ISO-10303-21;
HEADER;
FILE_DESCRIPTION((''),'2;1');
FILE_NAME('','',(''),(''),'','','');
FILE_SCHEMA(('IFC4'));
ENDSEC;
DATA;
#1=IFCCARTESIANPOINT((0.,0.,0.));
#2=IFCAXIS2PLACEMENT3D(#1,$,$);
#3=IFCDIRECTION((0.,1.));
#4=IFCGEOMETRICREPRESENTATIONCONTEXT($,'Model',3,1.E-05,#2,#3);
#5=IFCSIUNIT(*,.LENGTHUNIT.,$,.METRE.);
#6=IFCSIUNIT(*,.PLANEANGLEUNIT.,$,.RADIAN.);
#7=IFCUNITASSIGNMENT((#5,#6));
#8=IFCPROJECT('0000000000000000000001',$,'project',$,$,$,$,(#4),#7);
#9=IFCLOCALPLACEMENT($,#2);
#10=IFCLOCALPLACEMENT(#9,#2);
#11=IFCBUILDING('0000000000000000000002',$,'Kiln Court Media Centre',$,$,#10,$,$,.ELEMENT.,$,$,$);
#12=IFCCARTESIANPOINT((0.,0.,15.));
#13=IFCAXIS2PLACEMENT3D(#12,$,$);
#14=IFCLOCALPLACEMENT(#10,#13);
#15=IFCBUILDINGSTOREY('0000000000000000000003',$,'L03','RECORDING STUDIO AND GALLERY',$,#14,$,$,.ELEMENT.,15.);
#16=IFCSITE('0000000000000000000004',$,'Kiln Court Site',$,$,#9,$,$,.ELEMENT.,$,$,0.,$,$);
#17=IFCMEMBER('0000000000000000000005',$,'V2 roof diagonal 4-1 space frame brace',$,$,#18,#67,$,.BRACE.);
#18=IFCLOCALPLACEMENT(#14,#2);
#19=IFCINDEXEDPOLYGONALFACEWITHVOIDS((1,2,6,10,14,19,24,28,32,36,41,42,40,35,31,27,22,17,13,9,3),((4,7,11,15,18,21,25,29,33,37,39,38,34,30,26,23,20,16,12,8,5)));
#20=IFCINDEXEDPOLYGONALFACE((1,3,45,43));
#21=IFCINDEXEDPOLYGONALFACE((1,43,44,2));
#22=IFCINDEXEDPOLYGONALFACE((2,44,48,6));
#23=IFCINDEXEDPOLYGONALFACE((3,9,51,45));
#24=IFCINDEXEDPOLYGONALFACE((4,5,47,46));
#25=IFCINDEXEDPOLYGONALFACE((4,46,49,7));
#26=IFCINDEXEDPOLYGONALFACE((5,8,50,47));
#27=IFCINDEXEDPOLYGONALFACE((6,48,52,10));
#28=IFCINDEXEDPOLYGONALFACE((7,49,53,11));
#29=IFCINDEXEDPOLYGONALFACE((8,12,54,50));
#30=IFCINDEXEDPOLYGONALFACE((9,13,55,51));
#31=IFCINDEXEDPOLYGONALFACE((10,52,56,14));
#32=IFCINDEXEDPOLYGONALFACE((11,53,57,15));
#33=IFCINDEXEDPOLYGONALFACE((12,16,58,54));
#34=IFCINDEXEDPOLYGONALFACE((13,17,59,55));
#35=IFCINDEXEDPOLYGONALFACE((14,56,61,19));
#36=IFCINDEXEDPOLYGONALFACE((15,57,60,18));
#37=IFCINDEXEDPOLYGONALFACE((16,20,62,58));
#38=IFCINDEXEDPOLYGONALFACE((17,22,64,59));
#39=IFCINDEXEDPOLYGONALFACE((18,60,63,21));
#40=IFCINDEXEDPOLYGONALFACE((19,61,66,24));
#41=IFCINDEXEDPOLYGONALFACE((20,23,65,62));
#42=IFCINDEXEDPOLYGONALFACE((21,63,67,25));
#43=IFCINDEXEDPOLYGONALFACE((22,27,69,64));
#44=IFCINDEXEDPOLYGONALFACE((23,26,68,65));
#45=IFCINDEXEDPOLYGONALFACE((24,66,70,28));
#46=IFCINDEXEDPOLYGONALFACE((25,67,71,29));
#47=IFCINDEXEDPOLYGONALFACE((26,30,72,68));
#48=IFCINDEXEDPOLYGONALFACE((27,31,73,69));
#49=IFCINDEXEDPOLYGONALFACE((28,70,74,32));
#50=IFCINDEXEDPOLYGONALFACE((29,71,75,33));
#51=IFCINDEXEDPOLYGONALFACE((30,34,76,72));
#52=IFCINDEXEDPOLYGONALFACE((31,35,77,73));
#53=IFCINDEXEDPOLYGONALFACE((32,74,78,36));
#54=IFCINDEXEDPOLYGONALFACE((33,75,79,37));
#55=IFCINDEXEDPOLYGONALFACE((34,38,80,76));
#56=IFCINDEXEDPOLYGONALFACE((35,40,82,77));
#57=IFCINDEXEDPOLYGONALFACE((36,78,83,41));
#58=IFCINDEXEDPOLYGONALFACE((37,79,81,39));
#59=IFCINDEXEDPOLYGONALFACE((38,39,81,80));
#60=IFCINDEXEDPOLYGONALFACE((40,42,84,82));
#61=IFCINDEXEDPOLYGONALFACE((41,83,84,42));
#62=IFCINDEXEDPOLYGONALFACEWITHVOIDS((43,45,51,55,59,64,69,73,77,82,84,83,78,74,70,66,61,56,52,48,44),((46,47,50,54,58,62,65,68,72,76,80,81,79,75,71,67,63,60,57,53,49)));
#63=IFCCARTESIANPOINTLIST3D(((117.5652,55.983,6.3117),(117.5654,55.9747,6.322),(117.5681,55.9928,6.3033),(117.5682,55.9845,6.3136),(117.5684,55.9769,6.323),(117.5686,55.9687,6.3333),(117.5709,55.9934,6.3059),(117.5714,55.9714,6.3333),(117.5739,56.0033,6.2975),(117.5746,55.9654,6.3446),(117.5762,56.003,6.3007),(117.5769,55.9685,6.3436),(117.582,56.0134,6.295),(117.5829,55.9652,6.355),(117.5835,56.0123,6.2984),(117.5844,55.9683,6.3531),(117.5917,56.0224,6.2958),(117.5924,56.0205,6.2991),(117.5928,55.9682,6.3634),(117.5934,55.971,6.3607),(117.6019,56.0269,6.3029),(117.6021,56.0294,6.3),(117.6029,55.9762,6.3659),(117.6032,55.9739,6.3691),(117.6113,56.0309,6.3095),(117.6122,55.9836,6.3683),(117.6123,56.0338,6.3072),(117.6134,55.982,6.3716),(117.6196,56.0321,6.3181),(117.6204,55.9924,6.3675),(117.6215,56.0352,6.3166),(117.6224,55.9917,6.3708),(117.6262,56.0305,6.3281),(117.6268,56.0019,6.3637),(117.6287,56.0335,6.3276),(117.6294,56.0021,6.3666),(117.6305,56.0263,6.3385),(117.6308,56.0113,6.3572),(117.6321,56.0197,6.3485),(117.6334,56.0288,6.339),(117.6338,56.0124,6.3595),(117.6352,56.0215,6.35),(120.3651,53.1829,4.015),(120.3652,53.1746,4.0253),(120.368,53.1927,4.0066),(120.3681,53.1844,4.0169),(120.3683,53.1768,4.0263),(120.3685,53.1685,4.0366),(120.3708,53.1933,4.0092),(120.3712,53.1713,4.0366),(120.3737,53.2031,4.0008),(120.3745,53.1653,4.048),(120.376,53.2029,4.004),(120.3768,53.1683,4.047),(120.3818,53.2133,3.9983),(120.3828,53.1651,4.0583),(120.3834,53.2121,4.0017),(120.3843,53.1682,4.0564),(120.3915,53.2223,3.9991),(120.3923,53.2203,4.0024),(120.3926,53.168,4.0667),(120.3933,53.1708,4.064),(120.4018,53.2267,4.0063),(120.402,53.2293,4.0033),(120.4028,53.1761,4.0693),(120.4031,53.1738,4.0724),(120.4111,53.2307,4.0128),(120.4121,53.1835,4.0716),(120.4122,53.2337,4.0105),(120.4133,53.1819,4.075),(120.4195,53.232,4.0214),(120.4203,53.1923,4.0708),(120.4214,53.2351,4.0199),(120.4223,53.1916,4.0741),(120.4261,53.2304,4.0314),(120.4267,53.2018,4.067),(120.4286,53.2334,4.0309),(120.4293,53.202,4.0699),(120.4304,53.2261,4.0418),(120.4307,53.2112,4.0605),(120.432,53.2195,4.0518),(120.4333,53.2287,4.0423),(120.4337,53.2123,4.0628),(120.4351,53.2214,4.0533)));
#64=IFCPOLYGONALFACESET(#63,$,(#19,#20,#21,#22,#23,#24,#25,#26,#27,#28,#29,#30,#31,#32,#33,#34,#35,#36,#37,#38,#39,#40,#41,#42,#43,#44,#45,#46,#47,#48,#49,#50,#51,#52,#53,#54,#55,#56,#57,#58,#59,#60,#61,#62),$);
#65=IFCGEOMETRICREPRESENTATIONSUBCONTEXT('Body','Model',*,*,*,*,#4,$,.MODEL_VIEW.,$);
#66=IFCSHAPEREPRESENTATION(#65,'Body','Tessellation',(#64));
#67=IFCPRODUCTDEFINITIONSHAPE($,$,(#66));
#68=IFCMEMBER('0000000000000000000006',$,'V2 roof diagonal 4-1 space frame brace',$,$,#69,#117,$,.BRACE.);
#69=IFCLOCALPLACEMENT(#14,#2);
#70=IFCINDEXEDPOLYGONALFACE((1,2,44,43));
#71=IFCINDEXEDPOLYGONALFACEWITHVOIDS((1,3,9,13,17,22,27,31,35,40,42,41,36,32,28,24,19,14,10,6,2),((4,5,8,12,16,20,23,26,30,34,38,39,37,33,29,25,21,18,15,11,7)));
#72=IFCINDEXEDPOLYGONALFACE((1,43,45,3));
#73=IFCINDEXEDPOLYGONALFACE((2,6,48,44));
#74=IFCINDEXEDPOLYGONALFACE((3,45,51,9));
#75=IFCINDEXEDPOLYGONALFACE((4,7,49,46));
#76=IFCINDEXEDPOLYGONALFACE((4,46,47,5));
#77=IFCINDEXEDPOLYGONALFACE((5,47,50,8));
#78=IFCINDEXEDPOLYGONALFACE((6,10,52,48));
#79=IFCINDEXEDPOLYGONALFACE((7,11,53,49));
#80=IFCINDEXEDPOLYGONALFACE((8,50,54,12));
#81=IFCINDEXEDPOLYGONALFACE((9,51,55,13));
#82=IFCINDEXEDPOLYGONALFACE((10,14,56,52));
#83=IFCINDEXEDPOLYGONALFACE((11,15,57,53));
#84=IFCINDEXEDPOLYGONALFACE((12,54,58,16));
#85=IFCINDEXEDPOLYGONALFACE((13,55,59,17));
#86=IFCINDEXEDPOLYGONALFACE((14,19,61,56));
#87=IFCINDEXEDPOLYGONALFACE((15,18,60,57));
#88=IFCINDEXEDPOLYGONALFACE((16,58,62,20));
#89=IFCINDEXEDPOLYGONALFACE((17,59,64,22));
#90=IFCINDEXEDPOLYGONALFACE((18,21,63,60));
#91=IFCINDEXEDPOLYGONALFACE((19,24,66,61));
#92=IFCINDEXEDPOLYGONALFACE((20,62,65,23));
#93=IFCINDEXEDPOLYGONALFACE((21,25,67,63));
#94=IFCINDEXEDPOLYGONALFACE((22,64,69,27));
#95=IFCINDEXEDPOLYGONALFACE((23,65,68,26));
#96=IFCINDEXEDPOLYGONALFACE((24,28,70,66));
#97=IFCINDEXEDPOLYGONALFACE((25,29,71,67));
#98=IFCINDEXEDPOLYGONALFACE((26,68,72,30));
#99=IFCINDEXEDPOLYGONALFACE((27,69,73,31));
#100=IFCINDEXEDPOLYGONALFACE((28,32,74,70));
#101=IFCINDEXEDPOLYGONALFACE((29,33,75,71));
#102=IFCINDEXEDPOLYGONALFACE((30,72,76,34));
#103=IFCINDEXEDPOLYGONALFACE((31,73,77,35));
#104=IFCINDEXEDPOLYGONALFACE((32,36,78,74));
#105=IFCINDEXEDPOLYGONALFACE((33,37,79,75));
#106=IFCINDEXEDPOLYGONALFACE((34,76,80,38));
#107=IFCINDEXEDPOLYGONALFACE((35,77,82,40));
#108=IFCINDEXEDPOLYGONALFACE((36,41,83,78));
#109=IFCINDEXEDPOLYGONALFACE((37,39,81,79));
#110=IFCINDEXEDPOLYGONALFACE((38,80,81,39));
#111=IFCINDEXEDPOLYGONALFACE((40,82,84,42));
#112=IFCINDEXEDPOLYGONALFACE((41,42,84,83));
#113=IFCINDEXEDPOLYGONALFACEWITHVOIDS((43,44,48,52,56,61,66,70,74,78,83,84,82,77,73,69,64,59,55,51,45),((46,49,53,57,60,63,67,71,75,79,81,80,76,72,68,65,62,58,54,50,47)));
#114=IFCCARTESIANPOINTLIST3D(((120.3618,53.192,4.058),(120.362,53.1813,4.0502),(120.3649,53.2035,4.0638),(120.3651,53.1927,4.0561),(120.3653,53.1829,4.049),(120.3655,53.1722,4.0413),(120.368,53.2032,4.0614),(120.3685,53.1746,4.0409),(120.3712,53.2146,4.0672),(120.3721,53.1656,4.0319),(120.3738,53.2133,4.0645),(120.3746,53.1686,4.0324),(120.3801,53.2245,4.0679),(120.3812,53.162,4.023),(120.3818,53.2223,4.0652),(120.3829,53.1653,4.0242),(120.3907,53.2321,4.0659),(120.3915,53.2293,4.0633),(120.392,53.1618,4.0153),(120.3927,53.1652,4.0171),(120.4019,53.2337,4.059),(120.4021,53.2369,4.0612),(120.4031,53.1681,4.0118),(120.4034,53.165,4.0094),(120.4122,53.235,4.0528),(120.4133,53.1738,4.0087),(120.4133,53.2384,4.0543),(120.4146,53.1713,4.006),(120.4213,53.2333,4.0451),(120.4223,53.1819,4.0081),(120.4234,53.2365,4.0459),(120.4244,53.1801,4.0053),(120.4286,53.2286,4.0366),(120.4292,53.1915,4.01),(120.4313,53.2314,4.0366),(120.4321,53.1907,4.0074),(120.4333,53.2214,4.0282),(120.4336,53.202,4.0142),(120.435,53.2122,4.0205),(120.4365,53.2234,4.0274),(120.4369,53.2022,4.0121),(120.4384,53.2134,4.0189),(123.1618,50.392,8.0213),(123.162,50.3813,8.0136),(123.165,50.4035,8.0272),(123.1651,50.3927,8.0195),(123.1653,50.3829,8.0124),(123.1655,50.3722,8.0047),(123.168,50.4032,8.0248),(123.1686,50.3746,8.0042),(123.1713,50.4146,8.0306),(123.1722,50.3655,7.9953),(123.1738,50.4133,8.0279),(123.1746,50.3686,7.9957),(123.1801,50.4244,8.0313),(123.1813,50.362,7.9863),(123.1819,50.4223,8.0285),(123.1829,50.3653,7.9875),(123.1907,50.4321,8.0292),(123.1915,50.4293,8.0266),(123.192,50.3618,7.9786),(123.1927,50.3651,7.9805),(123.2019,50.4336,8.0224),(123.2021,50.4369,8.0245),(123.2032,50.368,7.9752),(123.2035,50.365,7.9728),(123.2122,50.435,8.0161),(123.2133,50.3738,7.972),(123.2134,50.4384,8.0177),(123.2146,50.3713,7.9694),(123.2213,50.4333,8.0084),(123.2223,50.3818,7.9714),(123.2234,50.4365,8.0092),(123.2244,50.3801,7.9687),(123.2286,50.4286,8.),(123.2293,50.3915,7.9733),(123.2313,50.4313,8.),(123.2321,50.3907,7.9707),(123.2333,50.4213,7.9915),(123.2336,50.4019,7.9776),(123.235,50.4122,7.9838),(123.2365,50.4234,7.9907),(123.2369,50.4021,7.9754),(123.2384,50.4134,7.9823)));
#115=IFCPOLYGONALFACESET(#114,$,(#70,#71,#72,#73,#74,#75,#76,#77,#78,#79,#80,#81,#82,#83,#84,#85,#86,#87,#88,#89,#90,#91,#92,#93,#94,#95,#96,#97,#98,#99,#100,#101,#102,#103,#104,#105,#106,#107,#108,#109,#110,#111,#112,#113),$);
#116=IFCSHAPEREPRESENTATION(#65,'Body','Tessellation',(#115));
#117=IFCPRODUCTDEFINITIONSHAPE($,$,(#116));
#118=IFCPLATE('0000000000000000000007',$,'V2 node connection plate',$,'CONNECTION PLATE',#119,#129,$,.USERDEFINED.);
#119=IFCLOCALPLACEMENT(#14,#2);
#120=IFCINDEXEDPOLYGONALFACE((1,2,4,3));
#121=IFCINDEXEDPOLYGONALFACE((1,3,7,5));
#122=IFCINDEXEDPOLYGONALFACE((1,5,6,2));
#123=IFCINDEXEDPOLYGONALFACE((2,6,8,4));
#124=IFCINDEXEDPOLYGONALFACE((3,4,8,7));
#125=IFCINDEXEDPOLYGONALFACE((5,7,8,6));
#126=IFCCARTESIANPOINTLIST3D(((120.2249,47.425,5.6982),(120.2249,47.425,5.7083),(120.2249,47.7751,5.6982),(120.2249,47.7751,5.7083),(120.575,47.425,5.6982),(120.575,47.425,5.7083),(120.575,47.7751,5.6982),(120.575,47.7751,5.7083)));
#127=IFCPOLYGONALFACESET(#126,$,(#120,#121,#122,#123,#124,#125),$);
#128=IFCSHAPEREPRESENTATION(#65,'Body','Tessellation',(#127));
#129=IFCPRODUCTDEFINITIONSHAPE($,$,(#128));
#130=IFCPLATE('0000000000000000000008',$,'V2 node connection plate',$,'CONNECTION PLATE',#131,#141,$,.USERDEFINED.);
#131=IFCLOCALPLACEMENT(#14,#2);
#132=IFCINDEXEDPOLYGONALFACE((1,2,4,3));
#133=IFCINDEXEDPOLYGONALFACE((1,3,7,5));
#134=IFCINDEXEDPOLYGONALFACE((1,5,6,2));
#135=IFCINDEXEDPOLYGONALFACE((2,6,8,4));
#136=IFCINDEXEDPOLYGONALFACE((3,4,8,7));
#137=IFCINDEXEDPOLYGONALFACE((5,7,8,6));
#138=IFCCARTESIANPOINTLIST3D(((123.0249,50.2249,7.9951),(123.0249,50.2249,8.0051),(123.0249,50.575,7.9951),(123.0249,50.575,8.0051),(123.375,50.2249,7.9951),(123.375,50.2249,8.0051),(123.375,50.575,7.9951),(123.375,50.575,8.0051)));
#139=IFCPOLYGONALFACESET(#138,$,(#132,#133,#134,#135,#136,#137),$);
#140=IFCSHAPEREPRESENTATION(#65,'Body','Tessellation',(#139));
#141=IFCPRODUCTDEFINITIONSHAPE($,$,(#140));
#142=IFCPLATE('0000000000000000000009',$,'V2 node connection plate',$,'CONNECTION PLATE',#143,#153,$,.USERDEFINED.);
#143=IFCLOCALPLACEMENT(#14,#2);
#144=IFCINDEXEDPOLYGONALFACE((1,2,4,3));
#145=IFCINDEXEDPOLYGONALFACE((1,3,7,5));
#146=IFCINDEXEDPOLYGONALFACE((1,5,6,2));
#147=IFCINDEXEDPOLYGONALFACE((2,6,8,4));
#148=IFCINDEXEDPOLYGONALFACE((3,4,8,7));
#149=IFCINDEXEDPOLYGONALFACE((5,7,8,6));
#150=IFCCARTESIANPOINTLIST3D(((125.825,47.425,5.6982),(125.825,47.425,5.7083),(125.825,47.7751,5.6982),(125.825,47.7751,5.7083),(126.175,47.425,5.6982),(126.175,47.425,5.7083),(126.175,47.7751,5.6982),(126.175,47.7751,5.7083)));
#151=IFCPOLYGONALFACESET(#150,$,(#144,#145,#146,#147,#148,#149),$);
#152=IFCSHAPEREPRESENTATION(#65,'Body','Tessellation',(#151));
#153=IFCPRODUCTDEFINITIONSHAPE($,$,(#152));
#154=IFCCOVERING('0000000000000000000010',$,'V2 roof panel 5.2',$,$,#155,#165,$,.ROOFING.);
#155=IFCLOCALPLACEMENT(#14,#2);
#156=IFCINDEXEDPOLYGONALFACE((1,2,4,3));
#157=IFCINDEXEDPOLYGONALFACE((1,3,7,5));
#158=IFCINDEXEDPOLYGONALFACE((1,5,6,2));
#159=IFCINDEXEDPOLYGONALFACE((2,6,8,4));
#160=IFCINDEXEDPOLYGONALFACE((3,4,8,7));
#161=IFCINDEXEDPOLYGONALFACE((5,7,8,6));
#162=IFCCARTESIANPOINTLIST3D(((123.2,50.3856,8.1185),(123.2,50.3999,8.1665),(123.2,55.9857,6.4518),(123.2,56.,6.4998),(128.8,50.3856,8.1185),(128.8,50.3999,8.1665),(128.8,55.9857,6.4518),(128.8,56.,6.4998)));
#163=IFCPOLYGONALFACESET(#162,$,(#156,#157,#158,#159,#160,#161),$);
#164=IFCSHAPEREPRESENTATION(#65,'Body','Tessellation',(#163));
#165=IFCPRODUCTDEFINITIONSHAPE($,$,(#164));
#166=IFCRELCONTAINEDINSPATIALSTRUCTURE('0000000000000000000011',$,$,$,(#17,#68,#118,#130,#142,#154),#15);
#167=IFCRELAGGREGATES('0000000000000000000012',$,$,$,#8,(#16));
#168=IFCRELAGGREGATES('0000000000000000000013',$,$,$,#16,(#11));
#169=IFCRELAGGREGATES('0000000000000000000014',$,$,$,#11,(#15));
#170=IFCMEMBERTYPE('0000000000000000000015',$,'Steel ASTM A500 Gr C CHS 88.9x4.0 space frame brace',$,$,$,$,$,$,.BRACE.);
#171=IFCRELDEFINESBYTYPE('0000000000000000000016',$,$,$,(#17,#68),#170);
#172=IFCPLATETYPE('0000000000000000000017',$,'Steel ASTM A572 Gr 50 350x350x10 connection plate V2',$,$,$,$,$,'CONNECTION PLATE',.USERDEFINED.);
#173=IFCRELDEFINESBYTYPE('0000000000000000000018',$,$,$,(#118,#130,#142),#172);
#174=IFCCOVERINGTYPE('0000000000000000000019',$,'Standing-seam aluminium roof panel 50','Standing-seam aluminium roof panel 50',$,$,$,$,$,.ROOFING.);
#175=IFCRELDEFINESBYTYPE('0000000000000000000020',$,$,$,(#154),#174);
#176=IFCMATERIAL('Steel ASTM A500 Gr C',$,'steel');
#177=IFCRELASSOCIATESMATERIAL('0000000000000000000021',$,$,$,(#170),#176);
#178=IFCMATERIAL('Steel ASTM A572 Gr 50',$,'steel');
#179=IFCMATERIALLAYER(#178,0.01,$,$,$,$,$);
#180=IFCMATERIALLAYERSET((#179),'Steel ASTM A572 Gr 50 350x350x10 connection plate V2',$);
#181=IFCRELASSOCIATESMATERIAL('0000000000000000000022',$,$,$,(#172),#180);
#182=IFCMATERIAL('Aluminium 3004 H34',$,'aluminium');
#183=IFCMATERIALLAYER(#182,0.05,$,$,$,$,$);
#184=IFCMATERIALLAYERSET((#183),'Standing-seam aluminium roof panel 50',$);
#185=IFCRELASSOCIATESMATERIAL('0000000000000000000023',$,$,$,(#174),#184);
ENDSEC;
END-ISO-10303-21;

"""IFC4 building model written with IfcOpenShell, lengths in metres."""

from ifc_helpers import new_model, si_unit, direction, frame, origin, origin_2d, place, context, subcontext, project, spatial, polyline, rectangle, hollow_circle, outline, extrude, material, layer, layer_set, material_profile, profile_set, type_object, element, save


model = new_model("IFC4")

# Units and contexts
model_context = context("Model", 3, precision=1e-05, world=origin(), true_north=direction((0.0, 1.0)))
body_context = subcontext(model_context, "Body", "Model", "MODEL_VIEW")
ifc_project = project(units=[si_unit("LENGTHUNIT", "METRE"), si_unit("PLANEANGLEUNIT", "RADIAN")], contexts=[model_context])

# Site, building, storey
site_placement = place(None, origin())
site = spatial("IfcSite", under=ifc_project, at=site_placement, Name="Kiln Court Site", CompositionType="ELEMENT", RefElevation=0.0)
building_placement = place(site_placement, origin())
building = spatial("IfcBuilding", under=site, at=building_placement, Name="Kiln Court Media Centre", CompositionType="ELEMENT")
storey_placement = place(building_placement, frame((0.0, 0.0, 15.0)))
storey = spatial("IfcBuildingStorey", under=building, at=storey_placement, Name="L03", Description="RECORDING STUDIO AND GALLERY", CompositionType="ELEMENT", Elevation=15.0)

# Members
ifc_material_1 = material(Name="Steel ASTM A500 Gr C", Category="steel")
ifc_material_profile_1 = material_profile(ifc_material_1, hollow_circle(Radius=0.0444, WallThickness=0.0039, at=origin_2d()), Name="CHS 88.9x4.0")
ifc_profile_set_1 = profile_set([ifc_material_profile_1], Name="Steel ASTM A500 Gr C")
member_type_1 = type_object("IfcMemberType", Name="Steel ASTM A500 Gr C CHS 88.9x4.0 space frame brace", PredefinedType="BRACE", material=ifc_profile_set_1)
member_1_placement = place(storey_placement, frame((120.3999, 53.2, 4.0366), z_axis=(-0.611642, 0.611696, 0.501719), x_axis=(-0.707138, -0.707076, 0.0)))
element("IfcMember", 1, at=member_1_placement, inside=storey, type_object=member_type_1, Name="V2 roof diagonal 4-1 space frame brace", PredefinedType="BRACE", context=body_context, shape_type="SweptSolid", body=[
    extrude(hollow_circle(Radius=0.0444, WallThickness=0.0039, at=origin_2d()), origin(), (0.0, 0.0, 1.0), 4.5776),
])
member_2_placement = place(storey_placement, frame((120.3999, 53.2, 4.0366), z_axis=(0.499778, -0.499778, 0.70742), x_axis=(0.707107, 0.707107, 0.0)))
element("IfcMember", 2, at=member_2_placement, inside=storey, type_object=member_type_1, Name="V2 roof diagonal 4-1 space frame brace", PredefinedType="BRACE", context=body_context, shape_type="SweptSolid", body=[
    extrude(hollow_circle(Radius=0.0444, WallThickness=0.0039, at=origin_2d()), origin(), (0.0, 0.0, 1.0), 5.6025),
])

# Plates
ifc_material_2 = material(Name="Steel ASTM A572 Gr 50", Category="steel")
ifc_layer_1 = layer(ifc_material_2, 0.01)
ifc_layer_set_1 = layer_set([ifc_layer_1], Name="Steel ASTM A572 Gr 50 350x350x10 connection plate V2")
plate_type = type_object("IfcPlateType", Name="Steel ASTM A572 Gr 50 350x350x10 connection plate V2", ElementType="CONNECTION PLATE", PredefinedType="USERDEFINED", material=ifc_layer_set_1)
for number, where, z_axis, x_axis, name in (
    (3, (120.3999, 47.6001, 5.6982), (0.0, 0.0, 1.0), (1.0, 0.0, 0.0), "V2 node connection plate"),
    (4, (123.2, 50.3999, 7.9951), (0.0, 0.0, 1.0), (1.0, 0.0, 0.0), "V2 node connection plate"),
    (5, (126.0, 47.6001, 5.6982), (0.0, 0.0, 1.0), (1.0, 0.0, 0.0), "V2 node connection plate"),
):
    element("IfcPlate", number, at=place(storey_placement, frame(where, z_axis=z_axis, x_axis=x_axis)), inside=storey, type_object=plate_type, Name=name, ObjectType="CONNECTION PLATE", PredefinedType="USERDEFINED", context=body_context, shape_type="SweptSolid", body=[
        extrude(rectangle(XDim=0.3501, YDim=0.3501, at=origin_2d()), origin(), (0.0, 0.0, 1.0), 0.01),
    ])

# Covering
ifc_material_3 = material(Name="Aluminium 3004 H34", Category="aluminium")
ifc_layer_2 = layer(ifc_material_3, 0.05)
ifc_layer_set_2 = layer_set([ifc_layer_2], Name="Standing-seam aluminium roof panel 50")
covering_type = type_object("IfcCoveringType", Name="Standing-seam aluminium roof panel 50", Description="Standing-seam aluminium roof panel 50", PredefinedType="ROOFING", material=ifc_layer_set_2)
covering_placement = place(storey_placement, frame((123.2, 50.3999, 8.1665), z_axis=(0.0, 0.285262, 0.95845), x_axis=(0.0, 0.95845, -0.285262)))
element("IfcCovering", 6, at=covering_placement, inside=storey, type_object=covering_type, Name="V2 roof panel 5.2", PredefinedType="ROOFING", context=body_context, shape_type="SweptSolid", body=[
    extrude(outline(polyline([(0.0, 0.0), (5.8429, 0.0), (5.8429, -5.6001), (0.0, -5.6001), (0.0, 0.0)])), origin(), (0.0, 0.0, -1.0), 0.05),
])

save(model, "model.ifc")
